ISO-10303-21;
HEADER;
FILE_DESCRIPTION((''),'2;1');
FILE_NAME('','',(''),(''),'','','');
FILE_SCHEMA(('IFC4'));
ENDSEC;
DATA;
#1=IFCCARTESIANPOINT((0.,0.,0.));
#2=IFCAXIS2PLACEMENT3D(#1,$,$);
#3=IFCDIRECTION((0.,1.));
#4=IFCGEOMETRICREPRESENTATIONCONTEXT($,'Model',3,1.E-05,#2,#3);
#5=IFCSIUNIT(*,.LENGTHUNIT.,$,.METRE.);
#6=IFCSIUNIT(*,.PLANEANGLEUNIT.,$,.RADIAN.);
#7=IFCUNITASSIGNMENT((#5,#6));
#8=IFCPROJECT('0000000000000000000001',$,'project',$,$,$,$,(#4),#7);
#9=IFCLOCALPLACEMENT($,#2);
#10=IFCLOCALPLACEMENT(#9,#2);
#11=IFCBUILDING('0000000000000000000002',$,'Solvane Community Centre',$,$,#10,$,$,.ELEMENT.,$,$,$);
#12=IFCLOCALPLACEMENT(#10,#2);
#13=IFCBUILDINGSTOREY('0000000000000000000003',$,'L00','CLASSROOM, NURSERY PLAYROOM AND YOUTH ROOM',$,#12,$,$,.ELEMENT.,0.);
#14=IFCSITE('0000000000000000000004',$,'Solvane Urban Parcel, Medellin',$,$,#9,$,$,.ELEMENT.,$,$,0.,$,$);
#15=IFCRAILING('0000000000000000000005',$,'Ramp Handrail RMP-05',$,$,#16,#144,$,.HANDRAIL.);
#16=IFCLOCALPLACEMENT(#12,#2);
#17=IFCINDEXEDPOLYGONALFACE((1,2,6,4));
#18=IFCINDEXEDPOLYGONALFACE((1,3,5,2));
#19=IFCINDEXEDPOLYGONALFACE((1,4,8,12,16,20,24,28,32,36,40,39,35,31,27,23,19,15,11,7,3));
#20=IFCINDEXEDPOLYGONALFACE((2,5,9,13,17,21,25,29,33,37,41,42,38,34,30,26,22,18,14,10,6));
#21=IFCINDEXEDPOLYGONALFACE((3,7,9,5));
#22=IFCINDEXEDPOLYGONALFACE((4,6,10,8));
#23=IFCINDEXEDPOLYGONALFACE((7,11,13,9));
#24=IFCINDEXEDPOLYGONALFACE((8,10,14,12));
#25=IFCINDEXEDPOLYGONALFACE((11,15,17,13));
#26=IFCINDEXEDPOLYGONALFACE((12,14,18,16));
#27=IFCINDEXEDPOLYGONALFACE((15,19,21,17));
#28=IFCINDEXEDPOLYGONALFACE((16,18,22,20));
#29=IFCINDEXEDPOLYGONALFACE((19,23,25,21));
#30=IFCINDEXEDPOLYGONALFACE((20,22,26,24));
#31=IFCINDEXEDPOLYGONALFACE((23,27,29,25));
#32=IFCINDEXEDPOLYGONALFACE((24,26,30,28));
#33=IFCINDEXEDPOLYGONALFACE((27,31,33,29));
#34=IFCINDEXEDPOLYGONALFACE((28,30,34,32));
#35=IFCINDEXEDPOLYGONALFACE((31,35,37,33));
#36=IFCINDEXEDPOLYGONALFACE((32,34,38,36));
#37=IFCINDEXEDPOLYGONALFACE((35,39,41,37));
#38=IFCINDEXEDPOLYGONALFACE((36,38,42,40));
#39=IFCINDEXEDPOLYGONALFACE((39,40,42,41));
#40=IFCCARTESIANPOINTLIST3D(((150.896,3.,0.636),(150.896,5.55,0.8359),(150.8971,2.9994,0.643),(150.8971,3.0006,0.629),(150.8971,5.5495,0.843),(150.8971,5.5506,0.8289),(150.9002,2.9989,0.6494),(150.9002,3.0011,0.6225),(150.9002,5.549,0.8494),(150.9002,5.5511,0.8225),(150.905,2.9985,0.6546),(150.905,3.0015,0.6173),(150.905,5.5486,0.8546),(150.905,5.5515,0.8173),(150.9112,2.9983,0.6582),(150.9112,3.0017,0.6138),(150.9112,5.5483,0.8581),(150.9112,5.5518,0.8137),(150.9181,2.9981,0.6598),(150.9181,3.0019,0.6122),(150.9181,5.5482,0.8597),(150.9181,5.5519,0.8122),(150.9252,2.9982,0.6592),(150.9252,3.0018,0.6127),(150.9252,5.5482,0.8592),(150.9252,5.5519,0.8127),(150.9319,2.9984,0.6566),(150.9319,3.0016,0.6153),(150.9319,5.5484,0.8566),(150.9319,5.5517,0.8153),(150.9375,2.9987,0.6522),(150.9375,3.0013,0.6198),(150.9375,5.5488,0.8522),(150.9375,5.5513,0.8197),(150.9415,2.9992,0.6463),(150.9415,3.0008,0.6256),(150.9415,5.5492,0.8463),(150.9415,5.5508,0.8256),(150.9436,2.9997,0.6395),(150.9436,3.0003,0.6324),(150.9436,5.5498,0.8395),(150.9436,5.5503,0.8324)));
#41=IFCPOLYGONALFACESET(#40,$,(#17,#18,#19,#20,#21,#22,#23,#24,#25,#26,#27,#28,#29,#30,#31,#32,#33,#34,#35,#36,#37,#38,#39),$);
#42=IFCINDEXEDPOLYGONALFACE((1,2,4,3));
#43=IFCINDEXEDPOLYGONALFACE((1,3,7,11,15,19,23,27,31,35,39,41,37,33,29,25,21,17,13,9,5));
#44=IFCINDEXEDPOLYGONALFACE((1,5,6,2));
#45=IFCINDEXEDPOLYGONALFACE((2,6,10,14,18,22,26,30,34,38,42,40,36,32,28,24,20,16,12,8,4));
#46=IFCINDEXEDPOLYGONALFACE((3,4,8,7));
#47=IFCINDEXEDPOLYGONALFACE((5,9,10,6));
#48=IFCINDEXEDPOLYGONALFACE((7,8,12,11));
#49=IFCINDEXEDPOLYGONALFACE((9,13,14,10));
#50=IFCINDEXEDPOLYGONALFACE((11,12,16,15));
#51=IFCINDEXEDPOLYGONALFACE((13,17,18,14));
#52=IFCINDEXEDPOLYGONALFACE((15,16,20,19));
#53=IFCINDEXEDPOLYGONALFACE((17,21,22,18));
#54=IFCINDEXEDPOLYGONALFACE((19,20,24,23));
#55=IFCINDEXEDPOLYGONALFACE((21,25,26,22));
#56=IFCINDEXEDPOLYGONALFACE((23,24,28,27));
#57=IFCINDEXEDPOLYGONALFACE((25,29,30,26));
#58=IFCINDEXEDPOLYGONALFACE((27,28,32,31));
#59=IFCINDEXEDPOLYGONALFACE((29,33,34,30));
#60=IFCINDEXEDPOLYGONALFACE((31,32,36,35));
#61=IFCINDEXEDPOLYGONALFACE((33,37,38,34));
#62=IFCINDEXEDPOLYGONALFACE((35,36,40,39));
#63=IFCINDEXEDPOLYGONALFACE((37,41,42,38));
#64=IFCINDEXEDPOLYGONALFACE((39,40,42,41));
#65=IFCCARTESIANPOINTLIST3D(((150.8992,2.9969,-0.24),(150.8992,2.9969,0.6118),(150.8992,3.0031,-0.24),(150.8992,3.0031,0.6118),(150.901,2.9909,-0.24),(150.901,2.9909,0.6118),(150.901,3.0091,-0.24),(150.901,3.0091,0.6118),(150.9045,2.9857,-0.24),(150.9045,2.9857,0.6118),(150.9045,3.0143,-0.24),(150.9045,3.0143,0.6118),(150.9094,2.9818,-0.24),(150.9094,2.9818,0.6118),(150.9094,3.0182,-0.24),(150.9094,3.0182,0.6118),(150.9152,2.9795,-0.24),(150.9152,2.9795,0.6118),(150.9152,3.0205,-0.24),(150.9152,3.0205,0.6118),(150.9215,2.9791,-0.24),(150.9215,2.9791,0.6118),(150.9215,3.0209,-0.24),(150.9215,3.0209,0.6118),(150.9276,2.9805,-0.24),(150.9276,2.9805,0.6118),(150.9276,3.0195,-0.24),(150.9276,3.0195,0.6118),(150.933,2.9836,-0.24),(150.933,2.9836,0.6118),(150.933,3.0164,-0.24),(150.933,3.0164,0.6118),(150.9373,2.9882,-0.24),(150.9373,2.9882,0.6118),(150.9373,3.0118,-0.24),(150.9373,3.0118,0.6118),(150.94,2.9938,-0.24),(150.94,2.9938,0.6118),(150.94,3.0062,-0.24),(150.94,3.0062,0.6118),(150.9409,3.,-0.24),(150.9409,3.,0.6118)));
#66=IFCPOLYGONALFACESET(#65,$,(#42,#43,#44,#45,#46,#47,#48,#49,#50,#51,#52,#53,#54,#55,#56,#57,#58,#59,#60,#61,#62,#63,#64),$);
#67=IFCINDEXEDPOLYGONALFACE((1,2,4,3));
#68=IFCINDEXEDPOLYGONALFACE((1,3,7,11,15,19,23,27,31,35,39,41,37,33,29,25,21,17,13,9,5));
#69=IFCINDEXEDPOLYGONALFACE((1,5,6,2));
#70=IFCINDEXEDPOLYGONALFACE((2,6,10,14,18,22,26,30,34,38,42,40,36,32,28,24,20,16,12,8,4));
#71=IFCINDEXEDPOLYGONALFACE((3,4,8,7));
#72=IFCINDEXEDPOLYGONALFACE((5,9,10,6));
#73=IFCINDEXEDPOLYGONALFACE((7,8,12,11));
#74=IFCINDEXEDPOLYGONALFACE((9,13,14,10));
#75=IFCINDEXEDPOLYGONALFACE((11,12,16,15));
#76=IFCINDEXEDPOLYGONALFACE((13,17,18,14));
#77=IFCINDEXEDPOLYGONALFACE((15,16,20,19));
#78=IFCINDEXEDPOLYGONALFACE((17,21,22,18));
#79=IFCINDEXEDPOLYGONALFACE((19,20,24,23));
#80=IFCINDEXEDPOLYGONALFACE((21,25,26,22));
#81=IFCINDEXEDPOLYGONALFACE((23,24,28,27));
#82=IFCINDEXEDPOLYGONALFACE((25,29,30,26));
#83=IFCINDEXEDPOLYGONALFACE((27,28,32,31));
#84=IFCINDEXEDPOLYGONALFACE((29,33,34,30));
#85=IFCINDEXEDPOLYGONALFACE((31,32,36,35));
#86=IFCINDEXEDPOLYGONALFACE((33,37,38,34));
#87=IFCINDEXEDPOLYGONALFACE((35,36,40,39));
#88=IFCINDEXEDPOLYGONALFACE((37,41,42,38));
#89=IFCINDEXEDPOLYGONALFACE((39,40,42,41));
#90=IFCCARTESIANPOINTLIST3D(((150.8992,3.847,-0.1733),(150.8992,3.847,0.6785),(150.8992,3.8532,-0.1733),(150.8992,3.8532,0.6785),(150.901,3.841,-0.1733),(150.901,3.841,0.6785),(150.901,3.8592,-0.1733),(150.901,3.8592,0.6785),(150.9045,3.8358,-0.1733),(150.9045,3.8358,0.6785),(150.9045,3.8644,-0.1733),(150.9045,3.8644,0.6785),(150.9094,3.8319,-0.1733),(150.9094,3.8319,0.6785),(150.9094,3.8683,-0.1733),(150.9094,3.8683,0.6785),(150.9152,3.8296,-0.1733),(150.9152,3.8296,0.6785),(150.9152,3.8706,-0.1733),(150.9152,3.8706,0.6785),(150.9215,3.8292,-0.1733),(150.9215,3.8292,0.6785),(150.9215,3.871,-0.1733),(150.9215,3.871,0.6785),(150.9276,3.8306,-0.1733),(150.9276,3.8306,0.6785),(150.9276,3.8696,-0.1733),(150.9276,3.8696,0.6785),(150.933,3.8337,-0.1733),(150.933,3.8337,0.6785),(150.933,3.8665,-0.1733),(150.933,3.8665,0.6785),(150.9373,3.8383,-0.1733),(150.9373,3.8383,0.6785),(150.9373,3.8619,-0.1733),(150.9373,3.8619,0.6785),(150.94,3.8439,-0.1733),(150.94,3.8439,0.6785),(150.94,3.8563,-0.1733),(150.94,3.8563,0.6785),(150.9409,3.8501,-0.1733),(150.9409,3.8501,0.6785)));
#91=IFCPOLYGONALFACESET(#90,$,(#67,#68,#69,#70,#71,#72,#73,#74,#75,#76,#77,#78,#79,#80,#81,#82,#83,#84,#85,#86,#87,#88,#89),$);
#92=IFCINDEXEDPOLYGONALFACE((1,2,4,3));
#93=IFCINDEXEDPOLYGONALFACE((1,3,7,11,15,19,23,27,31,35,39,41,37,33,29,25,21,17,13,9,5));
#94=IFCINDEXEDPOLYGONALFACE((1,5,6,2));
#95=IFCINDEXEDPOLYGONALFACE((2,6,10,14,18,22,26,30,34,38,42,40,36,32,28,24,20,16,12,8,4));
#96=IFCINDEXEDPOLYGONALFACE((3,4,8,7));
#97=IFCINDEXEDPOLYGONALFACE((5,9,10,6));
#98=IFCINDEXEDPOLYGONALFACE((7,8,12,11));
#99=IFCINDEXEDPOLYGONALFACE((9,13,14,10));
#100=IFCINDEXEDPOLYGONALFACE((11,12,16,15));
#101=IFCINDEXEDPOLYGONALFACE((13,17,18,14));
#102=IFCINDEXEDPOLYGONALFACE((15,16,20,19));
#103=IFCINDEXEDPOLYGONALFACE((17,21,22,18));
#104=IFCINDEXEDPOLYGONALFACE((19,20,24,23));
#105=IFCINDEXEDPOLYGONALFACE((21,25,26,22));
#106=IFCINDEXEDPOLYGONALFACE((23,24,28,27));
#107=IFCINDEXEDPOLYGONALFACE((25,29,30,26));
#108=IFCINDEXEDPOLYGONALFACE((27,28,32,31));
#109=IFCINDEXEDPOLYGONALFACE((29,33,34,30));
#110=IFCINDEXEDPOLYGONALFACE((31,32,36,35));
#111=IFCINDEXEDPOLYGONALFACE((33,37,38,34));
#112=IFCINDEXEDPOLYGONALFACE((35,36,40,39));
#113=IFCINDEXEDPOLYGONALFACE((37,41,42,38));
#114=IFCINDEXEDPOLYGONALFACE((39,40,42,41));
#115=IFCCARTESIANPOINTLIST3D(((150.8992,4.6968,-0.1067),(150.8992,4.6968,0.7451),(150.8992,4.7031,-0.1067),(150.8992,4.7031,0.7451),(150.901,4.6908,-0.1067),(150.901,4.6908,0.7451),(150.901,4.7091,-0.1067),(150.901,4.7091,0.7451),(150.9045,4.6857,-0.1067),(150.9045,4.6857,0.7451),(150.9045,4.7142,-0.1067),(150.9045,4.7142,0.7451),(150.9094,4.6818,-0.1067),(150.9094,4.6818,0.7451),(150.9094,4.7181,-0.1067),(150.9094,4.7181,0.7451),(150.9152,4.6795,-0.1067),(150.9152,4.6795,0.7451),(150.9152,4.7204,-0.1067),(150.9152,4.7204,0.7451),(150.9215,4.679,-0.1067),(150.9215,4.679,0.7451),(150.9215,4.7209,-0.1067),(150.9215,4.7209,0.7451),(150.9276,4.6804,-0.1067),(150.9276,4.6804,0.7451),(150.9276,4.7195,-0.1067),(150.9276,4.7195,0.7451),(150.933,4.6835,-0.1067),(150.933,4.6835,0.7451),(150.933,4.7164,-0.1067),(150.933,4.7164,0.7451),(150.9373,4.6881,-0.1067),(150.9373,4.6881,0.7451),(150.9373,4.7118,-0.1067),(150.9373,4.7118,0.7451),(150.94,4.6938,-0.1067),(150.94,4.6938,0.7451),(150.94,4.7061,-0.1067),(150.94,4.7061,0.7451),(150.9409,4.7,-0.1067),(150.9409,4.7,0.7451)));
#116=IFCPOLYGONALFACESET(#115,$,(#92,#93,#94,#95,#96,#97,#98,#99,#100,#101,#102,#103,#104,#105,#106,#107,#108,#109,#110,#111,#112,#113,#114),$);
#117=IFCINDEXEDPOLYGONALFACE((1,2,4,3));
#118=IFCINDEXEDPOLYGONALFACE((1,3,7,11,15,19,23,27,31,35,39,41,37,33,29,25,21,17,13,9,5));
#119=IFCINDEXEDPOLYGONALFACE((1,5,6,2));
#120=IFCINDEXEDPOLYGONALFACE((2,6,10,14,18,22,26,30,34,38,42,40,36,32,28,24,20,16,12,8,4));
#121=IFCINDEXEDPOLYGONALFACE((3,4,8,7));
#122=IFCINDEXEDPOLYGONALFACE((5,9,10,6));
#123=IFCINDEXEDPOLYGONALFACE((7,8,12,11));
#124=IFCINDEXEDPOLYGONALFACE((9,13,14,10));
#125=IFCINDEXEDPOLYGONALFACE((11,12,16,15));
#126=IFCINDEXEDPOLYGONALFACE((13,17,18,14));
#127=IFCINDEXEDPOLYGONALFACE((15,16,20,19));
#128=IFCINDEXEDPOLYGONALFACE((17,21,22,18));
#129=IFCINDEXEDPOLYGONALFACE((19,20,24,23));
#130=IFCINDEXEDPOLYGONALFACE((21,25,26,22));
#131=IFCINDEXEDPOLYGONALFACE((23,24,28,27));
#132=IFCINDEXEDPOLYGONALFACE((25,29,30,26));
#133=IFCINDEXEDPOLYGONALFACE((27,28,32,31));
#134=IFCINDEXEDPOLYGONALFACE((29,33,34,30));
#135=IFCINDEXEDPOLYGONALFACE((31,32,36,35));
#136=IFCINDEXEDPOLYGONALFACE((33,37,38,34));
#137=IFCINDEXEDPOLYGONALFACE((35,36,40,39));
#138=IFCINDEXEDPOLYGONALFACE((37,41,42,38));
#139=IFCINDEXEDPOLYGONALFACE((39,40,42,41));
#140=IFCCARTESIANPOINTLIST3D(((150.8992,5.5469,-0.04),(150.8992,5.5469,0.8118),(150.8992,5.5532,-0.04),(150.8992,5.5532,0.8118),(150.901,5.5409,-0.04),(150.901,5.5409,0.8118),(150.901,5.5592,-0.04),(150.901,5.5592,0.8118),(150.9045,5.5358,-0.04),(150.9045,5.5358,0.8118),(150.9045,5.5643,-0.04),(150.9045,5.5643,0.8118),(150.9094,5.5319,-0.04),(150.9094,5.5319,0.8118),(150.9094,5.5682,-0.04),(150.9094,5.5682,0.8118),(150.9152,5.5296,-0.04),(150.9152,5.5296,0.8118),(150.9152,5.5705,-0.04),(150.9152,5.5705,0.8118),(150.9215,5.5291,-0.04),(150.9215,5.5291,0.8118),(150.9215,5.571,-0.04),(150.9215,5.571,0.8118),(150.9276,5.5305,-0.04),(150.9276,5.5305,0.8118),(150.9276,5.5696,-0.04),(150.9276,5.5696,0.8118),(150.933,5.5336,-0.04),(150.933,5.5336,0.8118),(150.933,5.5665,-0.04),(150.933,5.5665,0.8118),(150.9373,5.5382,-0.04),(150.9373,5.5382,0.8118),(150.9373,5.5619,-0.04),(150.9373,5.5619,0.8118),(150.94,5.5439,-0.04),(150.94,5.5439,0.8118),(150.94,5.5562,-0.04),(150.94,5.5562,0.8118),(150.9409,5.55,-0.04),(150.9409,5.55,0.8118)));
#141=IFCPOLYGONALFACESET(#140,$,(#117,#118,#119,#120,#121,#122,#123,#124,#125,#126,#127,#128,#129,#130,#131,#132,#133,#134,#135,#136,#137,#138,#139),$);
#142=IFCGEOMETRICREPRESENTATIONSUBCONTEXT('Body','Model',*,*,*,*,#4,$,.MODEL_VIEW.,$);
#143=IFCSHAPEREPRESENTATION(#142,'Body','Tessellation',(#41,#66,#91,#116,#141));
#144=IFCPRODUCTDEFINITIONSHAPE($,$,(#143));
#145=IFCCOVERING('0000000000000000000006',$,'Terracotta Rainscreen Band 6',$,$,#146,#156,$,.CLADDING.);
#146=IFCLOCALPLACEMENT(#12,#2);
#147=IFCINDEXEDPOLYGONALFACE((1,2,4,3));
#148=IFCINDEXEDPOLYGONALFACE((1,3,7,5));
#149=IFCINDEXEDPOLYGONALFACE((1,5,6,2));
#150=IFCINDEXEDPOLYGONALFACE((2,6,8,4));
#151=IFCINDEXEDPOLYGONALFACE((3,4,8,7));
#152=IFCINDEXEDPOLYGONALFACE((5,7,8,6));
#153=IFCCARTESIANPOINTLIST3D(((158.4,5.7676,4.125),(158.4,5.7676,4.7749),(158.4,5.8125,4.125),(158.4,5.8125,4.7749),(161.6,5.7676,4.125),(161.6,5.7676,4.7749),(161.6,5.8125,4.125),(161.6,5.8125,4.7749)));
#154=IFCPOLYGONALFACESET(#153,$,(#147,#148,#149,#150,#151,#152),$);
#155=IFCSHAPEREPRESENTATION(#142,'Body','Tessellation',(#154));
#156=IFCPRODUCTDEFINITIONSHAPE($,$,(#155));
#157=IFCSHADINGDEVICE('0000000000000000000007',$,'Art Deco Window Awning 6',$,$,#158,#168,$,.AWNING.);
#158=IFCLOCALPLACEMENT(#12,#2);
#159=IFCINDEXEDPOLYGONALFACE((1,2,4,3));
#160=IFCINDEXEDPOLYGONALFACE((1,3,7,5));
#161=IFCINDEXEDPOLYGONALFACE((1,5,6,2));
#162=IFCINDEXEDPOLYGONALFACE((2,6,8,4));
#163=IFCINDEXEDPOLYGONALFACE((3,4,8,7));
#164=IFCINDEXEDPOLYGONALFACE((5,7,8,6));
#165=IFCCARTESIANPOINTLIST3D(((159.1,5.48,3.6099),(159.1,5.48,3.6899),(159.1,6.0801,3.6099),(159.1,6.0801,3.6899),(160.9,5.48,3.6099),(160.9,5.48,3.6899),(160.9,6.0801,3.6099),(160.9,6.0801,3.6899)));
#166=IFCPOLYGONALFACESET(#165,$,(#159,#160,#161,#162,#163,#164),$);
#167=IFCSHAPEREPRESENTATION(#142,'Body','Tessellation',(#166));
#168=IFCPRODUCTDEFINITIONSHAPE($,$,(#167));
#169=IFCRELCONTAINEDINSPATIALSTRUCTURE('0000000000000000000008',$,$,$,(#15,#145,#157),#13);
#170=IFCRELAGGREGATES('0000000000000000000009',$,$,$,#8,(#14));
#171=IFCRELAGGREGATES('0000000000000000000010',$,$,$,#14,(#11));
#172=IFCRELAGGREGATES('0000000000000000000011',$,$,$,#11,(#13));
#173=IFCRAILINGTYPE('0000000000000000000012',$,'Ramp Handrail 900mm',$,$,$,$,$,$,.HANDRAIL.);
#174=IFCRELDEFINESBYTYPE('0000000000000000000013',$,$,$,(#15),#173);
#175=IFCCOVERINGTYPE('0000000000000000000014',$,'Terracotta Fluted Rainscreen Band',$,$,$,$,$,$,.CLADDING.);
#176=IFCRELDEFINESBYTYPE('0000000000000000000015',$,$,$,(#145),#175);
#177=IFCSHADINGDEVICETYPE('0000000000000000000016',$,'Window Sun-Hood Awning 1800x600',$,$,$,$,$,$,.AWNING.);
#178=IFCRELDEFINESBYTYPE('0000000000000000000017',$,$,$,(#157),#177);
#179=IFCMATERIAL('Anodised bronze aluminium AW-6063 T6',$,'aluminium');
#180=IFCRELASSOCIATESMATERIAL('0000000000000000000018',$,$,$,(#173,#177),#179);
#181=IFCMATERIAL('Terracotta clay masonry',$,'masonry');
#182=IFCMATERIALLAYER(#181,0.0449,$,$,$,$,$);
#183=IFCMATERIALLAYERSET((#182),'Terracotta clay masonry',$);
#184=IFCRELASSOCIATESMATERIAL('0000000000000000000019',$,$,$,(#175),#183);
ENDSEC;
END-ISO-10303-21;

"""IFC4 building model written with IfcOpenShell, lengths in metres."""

from ifc_helpers import new_model, si_unit, direction, frame, origin, origin_2d, place, context, subcontext, project, spatial, rectangle, circle, extrude, material, layer, layer_set, type_object, element, save


model = new_model("IFC4")

# Units and contexts
model_context = context("Model", 3, precision=1e-05, world=origin(), true_north=direction((0.0, 1.0)))
body_context = subcontext(model_context, "Body", "Model", "MODEL_VIEW")
ifc_project = project(units=[si_unit("LENGTHUNIT", "METRE"), si_unit("PLANEANGLEUNIT", "RADIAN")], contexts=[model_context])

# Site, building, storey
site_placement = place(None, origin())
site = spatial("IfcSite", under=ifc_project, at=site_placement, Name="Solvane Urban Parcel, Medellin", CompositionType="ELEMENT", RefElevation=0.0)
building_placement = place(site_placement, origin())
building = spatial("IfcBuilding", under=site, at=building_placement, Name="Solvane Community Centre", CompositionType="ELEMENT")
storey_placement = place(building_placement, origin())
storey = spatial("IfcBuildingStorey", under=building, at=storey_placement, Name="L00", Description="CLASSROOM, NURSERY PLAYROOM AND YOUTH ROOM", CompositionType="ELEMENT", Elevation=0.0)

# Shared definitions
ifc_material_1 = material(Name="Terracotta clay masonry", Category="masonry")
ifc_material_2 = material(Name="Anodised bronze aluminium AW-6063 T6", Category="aluminium")

# Railing
railing_type = type_object("IfcRailingType", Name="Ramp Handrail 900mm", PredefinedType="HANDRAIL", material=ifc_material_2)
for number, where, name in (
    (1, (150.9199, 3.0, -0.24), "Ramp Handrail RMP-05"),
):
    element("IfcRailing", number, at=place(storey_placement, frame(where)), inside=storey, type_object=railing_type, Name=name, PredefinedType="HANDRAIL", context=body_context, shape_type="SweptSolid", body=[
        extrude(circle(Radius=0.0239, at=origin_2d()), frame((0.0, 0.0, 0.876), z_axis=(0.0, 0.99694, 0.078171), x_axis=(-1.0, 0.0, 0.0)), (0.0, 0.0, 1.0), 2.5579),
        extrude(circle(Radius=0.021, at=origin_2d()), origin(), (0.0, 0.0, 1.0), 0.8518),
        extrude(circle(Radius=0.021, at=origin_2d()), frame((0.0, 0.8501, 0.0667)), (0.0, 0.0, 1.0), 0.8518),
        extrude(circle(Radius=0.021, at=origin_2d()), frame((0.0, 1.7, 0.1333)), (0.0, 0.0, 1.0), 0.8518),
        extrude(circle(Radius=0.021, at=origin_2d()), frame((0.0, 2.55, 0.2)), (0.0, 0.0, 1.0), 0.8518),
    ])

# Covering
ifc_layer_1 = layer(ifc_material_1, 0.0449)
ifc_layer_set_1 = layer_set([ifc_layer_1], Name="Terracotta clay masonry")
covering_type = type_object("IfcCoveringType", Name="Terracotta Fluted Rainscreen Band", PredefinedType="CLADDING", material=ifc_layer_set_1)
covering_placement = place(storey_placement, frame((160.0, 5.79, 4.125), z_axis=(0.0, 0.0, 1.0), x_axis=(1.0, 0.0, 0.0)))
element("IfcCovering", 2, at=covering_placement, inside=storey, type_object=covering_type, Name="Terracotta Rainscreen Band 6", PredefinedType="CLADDING", context=body_context, shape_type="SweptSolid", body=[
    extrude(rectangle(XDim=3.2, YDim=0.0449, at=origin_2d()), origin(), (0.0, 0.0, 1.0), 0.6499),
])

# Shading device
shading_device_type = type_object("IfcShadingDeviceType", Name="Window Sun-Hood Awning 1800x600", PredefinedType="AWNING", material=ifc_material_2)
shading_device_placement = place(storey_placement, frame((160.0, 5.78, 3.6099), z_axis=(0.0, 0.0, 1.0), x_axis=(1.0, 0.0, 0.0)))
element("IfcShadingDevice", 3, at=shading_device_placement, inside=storey, type_object=shading_device_type, Name="Art Deco Window Awning 6", PredefinedType="AWNING", context=body_context, shape_type="SweptSolid", body=[
    extrude(rectangle(XDim=1.8, YDim=0.6001, at=origin_2d()), origin(), (0.0, 0.0, 1.0), 0.0801),
])

save(model, "model.ifc")
